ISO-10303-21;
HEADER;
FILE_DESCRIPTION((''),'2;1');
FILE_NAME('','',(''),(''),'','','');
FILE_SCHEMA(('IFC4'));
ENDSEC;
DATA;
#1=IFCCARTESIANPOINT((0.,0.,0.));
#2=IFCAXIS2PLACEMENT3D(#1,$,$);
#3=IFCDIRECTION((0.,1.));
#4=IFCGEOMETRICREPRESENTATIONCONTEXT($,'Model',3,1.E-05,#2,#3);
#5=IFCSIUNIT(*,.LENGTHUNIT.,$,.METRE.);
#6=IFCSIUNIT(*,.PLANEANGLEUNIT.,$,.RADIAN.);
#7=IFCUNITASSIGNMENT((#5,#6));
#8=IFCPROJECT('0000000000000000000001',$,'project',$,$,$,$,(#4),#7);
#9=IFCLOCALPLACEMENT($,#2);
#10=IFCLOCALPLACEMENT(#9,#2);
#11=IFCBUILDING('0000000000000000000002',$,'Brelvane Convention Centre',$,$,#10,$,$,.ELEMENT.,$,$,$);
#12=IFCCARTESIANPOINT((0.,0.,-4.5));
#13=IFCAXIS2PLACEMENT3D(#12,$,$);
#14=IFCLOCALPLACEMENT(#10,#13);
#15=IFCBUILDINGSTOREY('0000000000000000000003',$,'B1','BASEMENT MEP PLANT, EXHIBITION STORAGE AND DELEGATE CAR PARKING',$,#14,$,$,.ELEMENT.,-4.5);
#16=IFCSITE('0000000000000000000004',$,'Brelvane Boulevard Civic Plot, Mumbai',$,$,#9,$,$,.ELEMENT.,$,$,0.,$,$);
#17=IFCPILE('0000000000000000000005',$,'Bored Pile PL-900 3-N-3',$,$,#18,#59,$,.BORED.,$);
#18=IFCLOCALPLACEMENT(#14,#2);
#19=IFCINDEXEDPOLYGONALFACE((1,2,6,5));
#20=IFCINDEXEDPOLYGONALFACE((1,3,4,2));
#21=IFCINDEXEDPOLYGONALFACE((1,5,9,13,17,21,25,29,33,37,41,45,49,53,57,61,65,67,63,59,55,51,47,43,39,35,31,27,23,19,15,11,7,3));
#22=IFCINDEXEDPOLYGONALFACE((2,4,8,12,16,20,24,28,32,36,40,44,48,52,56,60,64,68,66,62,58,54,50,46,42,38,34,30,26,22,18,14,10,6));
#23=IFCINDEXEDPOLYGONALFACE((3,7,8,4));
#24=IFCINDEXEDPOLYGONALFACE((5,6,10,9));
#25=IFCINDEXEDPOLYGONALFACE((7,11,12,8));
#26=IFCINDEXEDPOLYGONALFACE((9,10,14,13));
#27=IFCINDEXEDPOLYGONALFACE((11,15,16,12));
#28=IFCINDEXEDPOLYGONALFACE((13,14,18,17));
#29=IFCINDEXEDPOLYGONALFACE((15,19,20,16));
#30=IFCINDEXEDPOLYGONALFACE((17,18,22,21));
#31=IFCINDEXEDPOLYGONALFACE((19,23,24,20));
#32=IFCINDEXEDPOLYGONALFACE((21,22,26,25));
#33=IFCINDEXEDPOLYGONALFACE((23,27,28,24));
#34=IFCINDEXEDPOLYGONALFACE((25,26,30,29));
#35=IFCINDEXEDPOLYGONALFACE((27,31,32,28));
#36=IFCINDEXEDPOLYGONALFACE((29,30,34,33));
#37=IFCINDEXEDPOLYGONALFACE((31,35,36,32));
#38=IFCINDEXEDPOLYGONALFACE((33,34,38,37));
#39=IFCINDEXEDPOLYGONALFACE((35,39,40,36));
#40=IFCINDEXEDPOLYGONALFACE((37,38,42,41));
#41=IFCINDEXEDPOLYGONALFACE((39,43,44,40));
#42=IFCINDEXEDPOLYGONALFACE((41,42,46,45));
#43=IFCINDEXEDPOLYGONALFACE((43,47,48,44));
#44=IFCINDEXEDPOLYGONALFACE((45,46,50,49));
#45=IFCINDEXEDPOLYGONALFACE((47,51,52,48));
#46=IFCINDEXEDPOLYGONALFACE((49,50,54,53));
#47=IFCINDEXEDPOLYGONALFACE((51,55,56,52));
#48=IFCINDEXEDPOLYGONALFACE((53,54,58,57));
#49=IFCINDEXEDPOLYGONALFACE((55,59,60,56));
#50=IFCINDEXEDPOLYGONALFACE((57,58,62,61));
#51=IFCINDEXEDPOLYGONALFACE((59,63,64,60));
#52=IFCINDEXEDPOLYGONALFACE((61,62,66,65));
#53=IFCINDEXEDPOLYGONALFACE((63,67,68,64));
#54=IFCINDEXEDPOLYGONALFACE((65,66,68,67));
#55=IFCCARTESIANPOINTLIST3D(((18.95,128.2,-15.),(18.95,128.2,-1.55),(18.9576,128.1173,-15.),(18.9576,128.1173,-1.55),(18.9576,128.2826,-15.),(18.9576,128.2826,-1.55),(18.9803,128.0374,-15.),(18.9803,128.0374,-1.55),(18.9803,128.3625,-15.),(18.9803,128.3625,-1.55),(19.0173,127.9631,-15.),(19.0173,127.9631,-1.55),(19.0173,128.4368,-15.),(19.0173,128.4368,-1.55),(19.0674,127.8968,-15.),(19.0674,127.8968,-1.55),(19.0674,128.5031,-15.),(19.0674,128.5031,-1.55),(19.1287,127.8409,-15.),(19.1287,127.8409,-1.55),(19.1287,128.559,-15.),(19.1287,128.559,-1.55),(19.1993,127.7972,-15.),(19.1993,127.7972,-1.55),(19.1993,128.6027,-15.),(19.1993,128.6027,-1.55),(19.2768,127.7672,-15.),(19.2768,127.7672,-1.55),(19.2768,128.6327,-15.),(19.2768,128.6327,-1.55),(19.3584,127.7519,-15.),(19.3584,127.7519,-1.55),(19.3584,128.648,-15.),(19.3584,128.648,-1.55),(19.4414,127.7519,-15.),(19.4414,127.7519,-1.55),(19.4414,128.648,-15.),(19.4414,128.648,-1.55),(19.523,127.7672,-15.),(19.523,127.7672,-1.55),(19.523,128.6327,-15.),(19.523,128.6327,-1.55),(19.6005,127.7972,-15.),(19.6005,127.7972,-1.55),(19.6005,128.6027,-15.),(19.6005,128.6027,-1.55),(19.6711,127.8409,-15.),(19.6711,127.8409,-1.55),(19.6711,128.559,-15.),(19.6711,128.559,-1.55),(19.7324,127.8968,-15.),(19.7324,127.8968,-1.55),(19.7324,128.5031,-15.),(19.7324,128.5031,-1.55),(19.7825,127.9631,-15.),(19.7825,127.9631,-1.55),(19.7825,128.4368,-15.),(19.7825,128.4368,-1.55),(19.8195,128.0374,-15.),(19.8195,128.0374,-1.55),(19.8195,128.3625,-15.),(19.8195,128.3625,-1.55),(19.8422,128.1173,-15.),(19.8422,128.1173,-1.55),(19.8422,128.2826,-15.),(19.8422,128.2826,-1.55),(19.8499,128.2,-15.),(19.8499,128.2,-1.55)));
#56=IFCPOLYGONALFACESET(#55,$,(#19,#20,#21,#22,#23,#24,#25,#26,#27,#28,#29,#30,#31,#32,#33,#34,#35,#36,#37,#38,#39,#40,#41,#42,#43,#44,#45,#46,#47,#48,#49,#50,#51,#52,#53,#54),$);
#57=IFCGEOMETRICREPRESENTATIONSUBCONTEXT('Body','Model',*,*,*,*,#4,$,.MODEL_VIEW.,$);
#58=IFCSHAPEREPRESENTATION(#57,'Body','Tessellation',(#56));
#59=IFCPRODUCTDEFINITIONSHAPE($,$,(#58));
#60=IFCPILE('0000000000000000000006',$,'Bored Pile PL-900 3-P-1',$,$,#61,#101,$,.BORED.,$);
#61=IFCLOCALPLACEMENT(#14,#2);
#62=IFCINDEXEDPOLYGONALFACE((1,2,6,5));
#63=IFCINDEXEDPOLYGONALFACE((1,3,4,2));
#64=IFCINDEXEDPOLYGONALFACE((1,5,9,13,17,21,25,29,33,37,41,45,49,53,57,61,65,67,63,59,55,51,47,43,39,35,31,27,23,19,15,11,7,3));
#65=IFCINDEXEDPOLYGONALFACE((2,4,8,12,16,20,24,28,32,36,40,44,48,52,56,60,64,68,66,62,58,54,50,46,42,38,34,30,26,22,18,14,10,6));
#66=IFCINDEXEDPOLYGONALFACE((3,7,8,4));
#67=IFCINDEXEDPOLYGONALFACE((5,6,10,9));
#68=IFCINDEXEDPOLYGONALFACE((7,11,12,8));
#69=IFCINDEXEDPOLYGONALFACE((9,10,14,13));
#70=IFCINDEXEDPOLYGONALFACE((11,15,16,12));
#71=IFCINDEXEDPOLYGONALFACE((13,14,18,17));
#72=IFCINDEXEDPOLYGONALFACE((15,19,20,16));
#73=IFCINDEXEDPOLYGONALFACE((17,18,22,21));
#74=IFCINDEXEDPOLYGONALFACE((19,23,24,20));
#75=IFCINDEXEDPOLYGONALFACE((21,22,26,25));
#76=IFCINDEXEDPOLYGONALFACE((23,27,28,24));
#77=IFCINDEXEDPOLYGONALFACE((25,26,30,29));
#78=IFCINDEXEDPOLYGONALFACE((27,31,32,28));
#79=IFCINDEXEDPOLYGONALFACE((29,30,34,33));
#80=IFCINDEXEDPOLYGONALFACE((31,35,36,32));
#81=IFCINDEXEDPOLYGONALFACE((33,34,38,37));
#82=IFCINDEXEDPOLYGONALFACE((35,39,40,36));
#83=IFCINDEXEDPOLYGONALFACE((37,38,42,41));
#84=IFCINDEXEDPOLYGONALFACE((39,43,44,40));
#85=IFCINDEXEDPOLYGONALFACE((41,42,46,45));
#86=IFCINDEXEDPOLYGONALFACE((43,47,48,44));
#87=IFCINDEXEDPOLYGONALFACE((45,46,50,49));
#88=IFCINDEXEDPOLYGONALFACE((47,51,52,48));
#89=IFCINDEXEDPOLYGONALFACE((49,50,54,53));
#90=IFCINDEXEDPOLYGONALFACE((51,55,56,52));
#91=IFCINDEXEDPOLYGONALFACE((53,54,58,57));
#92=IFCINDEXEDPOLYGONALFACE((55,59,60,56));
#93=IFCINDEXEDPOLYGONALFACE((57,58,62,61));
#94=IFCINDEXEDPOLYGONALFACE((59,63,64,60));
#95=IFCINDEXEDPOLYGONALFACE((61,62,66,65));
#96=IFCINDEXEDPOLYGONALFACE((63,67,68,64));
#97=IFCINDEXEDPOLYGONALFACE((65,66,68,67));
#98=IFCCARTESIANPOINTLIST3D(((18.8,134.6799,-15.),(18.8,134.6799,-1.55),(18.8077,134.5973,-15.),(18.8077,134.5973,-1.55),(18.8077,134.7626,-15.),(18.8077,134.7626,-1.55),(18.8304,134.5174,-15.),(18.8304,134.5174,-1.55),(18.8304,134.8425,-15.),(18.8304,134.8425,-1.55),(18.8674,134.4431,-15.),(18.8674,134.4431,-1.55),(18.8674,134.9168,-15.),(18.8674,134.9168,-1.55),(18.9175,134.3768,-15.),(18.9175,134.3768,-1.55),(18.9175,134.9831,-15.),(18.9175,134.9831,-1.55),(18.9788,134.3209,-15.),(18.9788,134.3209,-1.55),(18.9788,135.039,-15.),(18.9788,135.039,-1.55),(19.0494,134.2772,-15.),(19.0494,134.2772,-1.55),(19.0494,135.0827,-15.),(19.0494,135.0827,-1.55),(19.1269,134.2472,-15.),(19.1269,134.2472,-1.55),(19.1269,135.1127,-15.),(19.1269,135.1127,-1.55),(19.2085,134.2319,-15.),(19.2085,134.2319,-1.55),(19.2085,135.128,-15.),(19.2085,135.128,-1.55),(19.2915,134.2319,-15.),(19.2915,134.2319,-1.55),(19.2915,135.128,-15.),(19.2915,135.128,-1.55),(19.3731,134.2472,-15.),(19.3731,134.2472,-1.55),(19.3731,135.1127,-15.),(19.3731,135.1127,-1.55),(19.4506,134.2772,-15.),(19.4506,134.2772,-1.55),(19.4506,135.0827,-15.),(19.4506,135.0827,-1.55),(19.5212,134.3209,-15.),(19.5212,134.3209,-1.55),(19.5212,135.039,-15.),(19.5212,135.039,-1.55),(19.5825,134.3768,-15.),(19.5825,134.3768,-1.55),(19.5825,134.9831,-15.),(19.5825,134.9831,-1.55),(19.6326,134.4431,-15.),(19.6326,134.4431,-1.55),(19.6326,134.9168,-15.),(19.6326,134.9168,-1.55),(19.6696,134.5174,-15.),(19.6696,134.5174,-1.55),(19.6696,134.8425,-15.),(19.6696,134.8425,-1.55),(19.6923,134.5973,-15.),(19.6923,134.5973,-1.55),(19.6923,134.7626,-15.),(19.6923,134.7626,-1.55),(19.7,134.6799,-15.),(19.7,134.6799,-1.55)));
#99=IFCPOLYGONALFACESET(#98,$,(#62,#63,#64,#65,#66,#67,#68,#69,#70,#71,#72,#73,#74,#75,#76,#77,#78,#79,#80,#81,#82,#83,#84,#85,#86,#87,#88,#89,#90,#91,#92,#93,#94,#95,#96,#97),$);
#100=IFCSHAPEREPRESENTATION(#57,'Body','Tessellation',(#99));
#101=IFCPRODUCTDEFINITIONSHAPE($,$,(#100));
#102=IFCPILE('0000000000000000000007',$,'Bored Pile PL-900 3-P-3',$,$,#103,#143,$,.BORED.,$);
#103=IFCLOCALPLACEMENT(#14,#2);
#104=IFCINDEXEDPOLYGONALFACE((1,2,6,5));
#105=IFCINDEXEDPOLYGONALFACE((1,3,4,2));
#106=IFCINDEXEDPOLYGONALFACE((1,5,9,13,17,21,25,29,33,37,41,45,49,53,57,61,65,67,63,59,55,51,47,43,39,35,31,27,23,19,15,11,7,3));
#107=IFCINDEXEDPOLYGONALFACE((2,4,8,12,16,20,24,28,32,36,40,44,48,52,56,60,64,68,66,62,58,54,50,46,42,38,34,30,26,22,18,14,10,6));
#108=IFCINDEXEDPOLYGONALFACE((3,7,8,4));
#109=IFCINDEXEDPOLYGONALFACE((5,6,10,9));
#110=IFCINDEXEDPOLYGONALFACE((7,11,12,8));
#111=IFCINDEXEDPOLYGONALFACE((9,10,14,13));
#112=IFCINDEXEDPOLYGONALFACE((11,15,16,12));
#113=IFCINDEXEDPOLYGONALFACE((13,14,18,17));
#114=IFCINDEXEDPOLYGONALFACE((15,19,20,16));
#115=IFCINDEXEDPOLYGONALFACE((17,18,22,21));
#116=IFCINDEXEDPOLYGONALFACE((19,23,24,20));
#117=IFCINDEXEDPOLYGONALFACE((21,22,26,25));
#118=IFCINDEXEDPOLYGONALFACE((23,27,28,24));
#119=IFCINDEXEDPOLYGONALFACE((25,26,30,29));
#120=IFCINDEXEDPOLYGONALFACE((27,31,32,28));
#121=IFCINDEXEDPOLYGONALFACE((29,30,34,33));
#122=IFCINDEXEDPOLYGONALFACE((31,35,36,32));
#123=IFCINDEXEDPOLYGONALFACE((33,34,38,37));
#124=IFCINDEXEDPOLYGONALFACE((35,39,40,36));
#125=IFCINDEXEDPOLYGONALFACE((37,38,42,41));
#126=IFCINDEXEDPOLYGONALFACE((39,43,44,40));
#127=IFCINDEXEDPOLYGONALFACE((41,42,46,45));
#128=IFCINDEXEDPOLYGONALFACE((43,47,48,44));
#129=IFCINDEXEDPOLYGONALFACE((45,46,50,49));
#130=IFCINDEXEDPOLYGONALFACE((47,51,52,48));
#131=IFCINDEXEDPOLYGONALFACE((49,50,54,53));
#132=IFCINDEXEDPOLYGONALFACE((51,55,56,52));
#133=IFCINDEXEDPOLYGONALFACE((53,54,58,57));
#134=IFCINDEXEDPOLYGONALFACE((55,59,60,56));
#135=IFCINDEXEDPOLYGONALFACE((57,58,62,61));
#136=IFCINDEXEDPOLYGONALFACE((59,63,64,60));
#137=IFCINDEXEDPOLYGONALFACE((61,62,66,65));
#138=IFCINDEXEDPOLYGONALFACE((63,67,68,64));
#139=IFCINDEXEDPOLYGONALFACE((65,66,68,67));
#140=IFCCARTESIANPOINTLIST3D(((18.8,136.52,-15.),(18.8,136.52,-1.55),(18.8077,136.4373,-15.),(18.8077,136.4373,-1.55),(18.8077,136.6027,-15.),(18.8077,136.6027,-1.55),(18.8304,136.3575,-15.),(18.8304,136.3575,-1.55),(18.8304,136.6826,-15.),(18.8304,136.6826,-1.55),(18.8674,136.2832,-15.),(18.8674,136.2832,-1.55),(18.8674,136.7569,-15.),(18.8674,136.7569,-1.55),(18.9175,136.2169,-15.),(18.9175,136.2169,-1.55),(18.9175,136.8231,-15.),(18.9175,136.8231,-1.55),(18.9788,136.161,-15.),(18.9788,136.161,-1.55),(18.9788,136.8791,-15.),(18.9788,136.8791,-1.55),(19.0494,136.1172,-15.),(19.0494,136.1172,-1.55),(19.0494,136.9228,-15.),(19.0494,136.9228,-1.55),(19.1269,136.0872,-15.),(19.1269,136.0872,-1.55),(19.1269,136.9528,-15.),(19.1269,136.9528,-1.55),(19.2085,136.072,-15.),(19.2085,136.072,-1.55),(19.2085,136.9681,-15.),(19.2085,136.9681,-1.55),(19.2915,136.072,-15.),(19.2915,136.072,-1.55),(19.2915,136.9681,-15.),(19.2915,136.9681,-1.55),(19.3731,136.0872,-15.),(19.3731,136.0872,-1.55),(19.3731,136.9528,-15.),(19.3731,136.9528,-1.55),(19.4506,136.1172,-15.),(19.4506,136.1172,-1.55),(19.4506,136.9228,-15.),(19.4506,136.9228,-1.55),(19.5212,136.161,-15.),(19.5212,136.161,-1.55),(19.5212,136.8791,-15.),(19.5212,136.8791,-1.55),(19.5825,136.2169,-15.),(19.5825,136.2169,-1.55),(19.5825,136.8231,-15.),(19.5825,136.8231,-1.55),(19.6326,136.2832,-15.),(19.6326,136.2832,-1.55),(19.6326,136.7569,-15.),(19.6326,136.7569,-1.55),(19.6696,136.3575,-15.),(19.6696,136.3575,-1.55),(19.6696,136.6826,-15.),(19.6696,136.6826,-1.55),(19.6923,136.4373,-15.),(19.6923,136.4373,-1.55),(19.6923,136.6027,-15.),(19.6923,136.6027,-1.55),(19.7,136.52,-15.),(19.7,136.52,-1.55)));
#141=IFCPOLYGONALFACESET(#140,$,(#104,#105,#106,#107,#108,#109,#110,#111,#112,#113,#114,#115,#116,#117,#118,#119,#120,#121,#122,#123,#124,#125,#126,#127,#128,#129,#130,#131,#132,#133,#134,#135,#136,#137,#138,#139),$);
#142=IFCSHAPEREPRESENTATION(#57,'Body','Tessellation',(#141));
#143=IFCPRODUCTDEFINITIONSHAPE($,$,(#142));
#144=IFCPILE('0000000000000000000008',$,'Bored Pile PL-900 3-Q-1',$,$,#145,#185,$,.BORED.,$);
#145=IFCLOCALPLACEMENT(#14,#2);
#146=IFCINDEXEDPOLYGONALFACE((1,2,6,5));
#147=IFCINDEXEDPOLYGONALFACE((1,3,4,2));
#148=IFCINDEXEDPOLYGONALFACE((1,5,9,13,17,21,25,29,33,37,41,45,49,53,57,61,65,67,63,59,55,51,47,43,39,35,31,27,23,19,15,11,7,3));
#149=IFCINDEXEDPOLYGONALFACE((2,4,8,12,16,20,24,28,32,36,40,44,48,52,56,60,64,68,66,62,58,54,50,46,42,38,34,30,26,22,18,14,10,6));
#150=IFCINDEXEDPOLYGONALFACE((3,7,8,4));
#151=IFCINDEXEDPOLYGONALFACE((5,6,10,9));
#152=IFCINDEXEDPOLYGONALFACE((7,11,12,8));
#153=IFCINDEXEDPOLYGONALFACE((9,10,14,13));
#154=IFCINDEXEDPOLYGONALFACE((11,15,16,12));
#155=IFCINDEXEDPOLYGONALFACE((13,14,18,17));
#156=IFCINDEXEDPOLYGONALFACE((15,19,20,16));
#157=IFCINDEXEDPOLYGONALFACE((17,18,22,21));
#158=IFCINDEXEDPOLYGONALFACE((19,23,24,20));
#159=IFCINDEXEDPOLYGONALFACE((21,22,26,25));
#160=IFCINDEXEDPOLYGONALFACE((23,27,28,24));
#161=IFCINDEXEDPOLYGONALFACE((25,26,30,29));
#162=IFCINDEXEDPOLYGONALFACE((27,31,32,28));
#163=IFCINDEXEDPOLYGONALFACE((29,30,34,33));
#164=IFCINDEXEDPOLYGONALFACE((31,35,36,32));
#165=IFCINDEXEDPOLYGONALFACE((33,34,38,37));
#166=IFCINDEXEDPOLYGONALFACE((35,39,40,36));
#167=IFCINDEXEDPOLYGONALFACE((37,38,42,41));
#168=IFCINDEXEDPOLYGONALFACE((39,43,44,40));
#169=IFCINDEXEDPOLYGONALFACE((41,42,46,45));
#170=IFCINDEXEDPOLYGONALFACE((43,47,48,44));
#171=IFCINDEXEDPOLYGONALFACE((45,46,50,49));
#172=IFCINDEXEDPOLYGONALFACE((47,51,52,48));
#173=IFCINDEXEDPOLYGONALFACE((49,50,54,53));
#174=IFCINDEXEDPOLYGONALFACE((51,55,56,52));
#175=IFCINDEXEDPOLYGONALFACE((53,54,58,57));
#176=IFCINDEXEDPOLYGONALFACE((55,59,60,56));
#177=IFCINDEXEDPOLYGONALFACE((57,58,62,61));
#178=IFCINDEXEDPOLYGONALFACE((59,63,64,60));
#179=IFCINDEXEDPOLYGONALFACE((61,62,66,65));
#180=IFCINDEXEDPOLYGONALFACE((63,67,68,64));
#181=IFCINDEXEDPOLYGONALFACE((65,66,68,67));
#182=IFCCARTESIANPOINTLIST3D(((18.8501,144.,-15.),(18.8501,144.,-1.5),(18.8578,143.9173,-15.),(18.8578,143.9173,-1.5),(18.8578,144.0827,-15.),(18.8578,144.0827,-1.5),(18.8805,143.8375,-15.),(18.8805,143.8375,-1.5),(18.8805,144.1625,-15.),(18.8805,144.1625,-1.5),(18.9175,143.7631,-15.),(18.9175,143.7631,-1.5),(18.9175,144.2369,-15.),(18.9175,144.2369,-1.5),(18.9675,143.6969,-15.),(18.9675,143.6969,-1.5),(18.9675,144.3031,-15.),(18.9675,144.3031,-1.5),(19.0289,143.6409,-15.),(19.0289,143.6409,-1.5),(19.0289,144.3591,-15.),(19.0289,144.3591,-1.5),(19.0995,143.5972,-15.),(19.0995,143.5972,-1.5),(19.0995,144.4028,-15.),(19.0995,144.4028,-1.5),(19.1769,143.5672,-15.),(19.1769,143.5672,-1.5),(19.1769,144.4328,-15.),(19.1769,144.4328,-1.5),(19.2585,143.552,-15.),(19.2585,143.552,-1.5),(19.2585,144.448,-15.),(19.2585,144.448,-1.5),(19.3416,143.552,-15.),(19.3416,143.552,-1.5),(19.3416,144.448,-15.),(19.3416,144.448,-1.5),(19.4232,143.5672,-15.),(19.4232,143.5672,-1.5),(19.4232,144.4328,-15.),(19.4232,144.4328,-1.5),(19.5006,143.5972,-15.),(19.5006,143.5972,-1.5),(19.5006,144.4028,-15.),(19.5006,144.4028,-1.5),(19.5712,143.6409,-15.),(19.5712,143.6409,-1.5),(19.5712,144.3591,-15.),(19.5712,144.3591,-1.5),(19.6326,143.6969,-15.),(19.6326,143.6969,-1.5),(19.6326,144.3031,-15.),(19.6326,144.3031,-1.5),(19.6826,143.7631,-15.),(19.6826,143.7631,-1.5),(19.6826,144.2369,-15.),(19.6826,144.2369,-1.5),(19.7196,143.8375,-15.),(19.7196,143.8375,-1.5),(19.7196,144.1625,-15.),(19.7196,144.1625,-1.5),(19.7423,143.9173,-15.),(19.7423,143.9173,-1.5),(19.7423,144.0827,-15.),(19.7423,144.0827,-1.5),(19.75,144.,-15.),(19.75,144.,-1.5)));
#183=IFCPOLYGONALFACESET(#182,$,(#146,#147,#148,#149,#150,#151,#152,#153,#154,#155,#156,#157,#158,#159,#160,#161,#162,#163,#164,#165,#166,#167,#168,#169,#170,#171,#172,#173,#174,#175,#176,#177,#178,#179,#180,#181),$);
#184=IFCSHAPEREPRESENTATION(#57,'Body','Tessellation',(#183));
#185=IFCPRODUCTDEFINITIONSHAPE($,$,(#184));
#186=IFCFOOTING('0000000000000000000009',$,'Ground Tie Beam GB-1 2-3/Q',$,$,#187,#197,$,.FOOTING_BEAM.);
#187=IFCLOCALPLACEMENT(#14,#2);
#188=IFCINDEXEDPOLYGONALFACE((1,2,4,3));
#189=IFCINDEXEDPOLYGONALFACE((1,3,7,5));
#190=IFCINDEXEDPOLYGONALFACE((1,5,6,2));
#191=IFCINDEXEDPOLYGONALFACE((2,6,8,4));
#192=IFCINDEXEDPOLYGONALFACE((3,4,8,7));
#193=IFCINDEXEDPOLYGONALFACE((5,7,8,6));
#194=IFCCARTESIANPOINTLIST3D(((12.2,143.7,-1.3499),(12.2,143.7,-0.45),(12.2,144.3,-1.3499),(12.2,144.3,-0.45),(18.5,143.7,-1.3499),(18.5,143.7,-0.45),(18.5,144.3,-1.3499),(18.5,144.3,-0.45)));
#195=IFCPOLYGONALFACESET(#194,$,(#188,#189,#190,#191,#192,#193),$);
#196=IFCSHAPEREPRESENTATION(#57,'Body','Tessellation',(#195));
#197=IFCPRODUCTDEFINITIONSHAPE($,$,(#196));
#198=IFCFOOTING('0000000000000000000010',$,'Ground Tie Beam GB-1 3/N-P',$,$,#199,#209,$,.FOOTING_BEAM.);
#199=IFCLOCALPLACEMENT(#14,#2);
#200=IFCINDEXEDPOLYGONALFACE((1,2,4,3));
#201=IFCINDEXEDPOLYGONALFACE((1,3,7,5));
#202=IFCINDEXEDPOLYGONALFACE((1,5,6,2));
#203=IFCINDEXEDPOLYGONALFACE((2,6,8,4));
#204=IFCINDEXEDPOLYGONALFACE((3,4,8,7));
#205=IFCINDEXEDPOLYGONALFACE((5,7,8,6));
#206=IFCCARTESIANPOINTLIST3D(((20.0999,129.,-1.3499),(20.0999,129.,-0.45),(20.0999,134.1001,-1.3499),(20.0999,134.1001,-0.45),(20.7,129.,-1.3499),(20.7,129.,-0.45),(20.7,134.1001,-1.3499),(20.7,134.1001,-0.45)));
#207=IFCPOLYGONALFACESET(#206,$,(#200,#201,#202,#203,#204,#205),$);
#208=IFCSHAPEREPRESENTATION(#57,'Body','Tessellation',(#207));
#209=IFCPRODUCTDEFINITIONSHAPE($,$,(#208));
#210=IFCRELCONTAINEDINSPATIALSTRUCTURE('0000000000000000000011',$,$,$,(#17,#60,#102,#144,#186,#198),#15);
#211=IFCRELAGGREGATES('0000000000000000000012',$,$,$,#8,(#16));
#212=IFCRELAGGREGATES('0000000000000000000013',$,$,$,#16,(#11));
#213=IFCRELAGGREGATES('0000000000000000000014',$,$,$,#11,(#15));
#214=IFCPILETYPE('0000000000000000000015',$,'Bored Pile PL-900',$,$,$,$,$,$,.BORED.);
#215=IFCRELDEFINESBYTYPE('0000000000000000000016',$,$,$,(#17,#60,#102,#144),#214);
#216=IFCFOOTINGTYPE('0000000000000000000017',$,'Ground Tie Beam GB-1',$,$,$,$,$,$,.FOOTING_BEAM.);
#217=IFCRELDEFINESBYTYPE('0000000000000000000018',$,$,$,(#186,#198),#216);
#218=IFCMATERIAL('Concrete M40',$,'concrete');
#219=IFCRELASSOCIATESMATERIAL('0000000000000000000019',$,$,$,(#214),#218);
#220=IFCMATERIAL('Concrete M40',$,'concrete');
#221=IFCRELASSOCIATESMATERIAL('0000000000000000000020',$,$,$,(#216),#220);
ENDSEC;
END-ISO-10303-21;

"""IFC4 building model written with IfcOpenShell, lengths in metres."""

from ifc_helpers import new_model, si_unit, direction, frame, origin, origin_2d, place, context, subcontext, project, spatial, rectangle, circle, extrude, material, material_profile, profile_set, type_object, element, save


model = new_model("IFC4")

# Units and contexts
model_context = context("Model", 3, precision=1e-05, world=origin(), true_north=direction((0.0, 1.0)))
body_context = subcontext(model_context, "Body", "Model", "MODEL_VIEW")
ifc_project = project(units=[si_unit("LENGTHUNIT", "METRE"), si_unit("PLANEANGLEUNIT", "RADIAN")], contexts=[model_context])

# Site, building, storey
site_placement = place(None, origin())
site = spatial("IfcSite", under=ifc_project, at=site_placement, Name="Brelvane Boulevard Civic Plot, Mumbai", CompositionType="ELEMENT", RefElevation=0.0)
building_placement = place(site_placement, origin())
building = spatial("IfcBuilding", under=site, at=building_placement, Name="Brelvane Convention Centre", CompositionType="ELEMENT")
storey_placement = place(building_placement, frame((0.0, 0.0, -4.5)))
storey = spatial("IfcBuildingStorey", under=building, at=storey_placement, Name="B1", Description="BASEMENT MEP PLANT, EXHIBITION STORAGE AND DELEGATE CAR PARKING", CompositionType="ELEMENT", Elevation=-4.5)

# Piles
ifc_material_1 = material(Name="Concrete M40", Category="concrete")
ifc_material_profile_1 = material_profile(ifc_material_1, circle(Radius=0.45, at=origin_2d()), Name="PILE D900")
ifc_profile_set_1 = profile_set([ifc_material_profile_1], Name="Concrete M40")
pile_type = type_object("IfcPileType", Name="Bored Pile PL-900", PredefinedType="BORED", material=ifc_profile_set_1)
for number, where, z_axis, x_axis, name in (
    (1, (19.3999, 128.2, -1.55), (0.0, 0.0, -1.0), (1.0, 0.0, 0.0), "Bored Pile PL-900 3-N-3"),
    (2, (19.25, 134.6799, -1.55), (0.0, 0.0, -1.0), (1.0, 0.0, 0.0), "Bored Pile PL-900 3-P-1"),
    (3, (19.25, 136.52, -1.55), (0.0, 0.0, -1.0), (1.0, 0.0, 0.0), "Bored Pile PL-900 3-P-3"),
):
    element("IfcPile", number, at=place(storey_placement, frame(where, z_axis=z_axis, x_axis=x_axis)), inside=storey, type_object=pile_type, Name=name, PredefinedType="BORED", context=body_context, shape_type="SweptSolid", body=[
        extrude(circle(Radius=0.45, at=origin_2d()), origin(), (0.0, 0.0, 1.0), 13.45),
    ])
pile_placement = place(storey_placement, frame((19.3, 144.0, -1.5), z_axis=(0.0, 0.0, -1.0), x_axis=(1.0, 0.0, 0.0)))
element("IfcPile", 4, at=pile_placement, inside=storey, type_object=pile_type, Name="Bored Pile PL-900 3-Q-1", PredefinedType="BORED", context=body_context, shape_type="SweptSolid", body=[
    extrude(circle(Radius=0.45, at=origin_2d()), origin(), (0.0, 0.0, 1.0), 13.5),
])

# Footings
ifc_material_2 = material(Name="Concrete M40", Category="concrete")
ifc_material_profile_2 = material_profile(ifc_material_2, rectangle(XDim=0.6001, YDim=0.8999, at=origin_2d()), Name="RC 600x900")
ifc_profile_set_2 = profile_set([ifc_material_profile_2], Name="Concrete M40")
footing_type_1 = type_object("IfcFootingType", Name="Ground Tie Beam GB-1", PredefinedType="FOOTING_BEAM", material=ifc_profile_set_2)
footing_1_placement = place(storey_placement, frame((12.2, 144.0, -0.8999), z_axis=(1.0, 0.0, 0.0), x_axis=(0.0, 1.0, 0.0)))
element("IfcFooting", 5, at=footing_1_placement, inside=storey, type_object=footing_type_1, Name="Ground Tie Beam GB-1 2-3/Q", PredefinedType="FOOTING_BEAM", context=body_context, shape_type="SweptSolid", body=[
    extrude(rectangle(XDim=0.6001, YDim=0.8999, at=origin_2d()), origin(), (0.0, 0.0, 1.0), 6.3),
])
footing_2_placement = place(storey_placement, frame((20.3999, 129.0, -0.8999), z_axis=(0.0, 1.0, 0.0), x_axis=(-1.0, 0.0, 0.0)))
element("IfcFooting", 6, at=footing_2_placement, inside=storey, type_object=footing_type_1, Name="Ground Tie Beam GB-1 3/N-P", PredefinedType="FOOTING_BEAM", context=body_context, shape_type="SweptSolid", body=[
    extrude(rectangle(XDim=0.6001, YDim=0.8999, at=origin_2d()), origin(), (0.0, 0.0, 1.0), 5.1001),
])

save(model, "model.ifc")
